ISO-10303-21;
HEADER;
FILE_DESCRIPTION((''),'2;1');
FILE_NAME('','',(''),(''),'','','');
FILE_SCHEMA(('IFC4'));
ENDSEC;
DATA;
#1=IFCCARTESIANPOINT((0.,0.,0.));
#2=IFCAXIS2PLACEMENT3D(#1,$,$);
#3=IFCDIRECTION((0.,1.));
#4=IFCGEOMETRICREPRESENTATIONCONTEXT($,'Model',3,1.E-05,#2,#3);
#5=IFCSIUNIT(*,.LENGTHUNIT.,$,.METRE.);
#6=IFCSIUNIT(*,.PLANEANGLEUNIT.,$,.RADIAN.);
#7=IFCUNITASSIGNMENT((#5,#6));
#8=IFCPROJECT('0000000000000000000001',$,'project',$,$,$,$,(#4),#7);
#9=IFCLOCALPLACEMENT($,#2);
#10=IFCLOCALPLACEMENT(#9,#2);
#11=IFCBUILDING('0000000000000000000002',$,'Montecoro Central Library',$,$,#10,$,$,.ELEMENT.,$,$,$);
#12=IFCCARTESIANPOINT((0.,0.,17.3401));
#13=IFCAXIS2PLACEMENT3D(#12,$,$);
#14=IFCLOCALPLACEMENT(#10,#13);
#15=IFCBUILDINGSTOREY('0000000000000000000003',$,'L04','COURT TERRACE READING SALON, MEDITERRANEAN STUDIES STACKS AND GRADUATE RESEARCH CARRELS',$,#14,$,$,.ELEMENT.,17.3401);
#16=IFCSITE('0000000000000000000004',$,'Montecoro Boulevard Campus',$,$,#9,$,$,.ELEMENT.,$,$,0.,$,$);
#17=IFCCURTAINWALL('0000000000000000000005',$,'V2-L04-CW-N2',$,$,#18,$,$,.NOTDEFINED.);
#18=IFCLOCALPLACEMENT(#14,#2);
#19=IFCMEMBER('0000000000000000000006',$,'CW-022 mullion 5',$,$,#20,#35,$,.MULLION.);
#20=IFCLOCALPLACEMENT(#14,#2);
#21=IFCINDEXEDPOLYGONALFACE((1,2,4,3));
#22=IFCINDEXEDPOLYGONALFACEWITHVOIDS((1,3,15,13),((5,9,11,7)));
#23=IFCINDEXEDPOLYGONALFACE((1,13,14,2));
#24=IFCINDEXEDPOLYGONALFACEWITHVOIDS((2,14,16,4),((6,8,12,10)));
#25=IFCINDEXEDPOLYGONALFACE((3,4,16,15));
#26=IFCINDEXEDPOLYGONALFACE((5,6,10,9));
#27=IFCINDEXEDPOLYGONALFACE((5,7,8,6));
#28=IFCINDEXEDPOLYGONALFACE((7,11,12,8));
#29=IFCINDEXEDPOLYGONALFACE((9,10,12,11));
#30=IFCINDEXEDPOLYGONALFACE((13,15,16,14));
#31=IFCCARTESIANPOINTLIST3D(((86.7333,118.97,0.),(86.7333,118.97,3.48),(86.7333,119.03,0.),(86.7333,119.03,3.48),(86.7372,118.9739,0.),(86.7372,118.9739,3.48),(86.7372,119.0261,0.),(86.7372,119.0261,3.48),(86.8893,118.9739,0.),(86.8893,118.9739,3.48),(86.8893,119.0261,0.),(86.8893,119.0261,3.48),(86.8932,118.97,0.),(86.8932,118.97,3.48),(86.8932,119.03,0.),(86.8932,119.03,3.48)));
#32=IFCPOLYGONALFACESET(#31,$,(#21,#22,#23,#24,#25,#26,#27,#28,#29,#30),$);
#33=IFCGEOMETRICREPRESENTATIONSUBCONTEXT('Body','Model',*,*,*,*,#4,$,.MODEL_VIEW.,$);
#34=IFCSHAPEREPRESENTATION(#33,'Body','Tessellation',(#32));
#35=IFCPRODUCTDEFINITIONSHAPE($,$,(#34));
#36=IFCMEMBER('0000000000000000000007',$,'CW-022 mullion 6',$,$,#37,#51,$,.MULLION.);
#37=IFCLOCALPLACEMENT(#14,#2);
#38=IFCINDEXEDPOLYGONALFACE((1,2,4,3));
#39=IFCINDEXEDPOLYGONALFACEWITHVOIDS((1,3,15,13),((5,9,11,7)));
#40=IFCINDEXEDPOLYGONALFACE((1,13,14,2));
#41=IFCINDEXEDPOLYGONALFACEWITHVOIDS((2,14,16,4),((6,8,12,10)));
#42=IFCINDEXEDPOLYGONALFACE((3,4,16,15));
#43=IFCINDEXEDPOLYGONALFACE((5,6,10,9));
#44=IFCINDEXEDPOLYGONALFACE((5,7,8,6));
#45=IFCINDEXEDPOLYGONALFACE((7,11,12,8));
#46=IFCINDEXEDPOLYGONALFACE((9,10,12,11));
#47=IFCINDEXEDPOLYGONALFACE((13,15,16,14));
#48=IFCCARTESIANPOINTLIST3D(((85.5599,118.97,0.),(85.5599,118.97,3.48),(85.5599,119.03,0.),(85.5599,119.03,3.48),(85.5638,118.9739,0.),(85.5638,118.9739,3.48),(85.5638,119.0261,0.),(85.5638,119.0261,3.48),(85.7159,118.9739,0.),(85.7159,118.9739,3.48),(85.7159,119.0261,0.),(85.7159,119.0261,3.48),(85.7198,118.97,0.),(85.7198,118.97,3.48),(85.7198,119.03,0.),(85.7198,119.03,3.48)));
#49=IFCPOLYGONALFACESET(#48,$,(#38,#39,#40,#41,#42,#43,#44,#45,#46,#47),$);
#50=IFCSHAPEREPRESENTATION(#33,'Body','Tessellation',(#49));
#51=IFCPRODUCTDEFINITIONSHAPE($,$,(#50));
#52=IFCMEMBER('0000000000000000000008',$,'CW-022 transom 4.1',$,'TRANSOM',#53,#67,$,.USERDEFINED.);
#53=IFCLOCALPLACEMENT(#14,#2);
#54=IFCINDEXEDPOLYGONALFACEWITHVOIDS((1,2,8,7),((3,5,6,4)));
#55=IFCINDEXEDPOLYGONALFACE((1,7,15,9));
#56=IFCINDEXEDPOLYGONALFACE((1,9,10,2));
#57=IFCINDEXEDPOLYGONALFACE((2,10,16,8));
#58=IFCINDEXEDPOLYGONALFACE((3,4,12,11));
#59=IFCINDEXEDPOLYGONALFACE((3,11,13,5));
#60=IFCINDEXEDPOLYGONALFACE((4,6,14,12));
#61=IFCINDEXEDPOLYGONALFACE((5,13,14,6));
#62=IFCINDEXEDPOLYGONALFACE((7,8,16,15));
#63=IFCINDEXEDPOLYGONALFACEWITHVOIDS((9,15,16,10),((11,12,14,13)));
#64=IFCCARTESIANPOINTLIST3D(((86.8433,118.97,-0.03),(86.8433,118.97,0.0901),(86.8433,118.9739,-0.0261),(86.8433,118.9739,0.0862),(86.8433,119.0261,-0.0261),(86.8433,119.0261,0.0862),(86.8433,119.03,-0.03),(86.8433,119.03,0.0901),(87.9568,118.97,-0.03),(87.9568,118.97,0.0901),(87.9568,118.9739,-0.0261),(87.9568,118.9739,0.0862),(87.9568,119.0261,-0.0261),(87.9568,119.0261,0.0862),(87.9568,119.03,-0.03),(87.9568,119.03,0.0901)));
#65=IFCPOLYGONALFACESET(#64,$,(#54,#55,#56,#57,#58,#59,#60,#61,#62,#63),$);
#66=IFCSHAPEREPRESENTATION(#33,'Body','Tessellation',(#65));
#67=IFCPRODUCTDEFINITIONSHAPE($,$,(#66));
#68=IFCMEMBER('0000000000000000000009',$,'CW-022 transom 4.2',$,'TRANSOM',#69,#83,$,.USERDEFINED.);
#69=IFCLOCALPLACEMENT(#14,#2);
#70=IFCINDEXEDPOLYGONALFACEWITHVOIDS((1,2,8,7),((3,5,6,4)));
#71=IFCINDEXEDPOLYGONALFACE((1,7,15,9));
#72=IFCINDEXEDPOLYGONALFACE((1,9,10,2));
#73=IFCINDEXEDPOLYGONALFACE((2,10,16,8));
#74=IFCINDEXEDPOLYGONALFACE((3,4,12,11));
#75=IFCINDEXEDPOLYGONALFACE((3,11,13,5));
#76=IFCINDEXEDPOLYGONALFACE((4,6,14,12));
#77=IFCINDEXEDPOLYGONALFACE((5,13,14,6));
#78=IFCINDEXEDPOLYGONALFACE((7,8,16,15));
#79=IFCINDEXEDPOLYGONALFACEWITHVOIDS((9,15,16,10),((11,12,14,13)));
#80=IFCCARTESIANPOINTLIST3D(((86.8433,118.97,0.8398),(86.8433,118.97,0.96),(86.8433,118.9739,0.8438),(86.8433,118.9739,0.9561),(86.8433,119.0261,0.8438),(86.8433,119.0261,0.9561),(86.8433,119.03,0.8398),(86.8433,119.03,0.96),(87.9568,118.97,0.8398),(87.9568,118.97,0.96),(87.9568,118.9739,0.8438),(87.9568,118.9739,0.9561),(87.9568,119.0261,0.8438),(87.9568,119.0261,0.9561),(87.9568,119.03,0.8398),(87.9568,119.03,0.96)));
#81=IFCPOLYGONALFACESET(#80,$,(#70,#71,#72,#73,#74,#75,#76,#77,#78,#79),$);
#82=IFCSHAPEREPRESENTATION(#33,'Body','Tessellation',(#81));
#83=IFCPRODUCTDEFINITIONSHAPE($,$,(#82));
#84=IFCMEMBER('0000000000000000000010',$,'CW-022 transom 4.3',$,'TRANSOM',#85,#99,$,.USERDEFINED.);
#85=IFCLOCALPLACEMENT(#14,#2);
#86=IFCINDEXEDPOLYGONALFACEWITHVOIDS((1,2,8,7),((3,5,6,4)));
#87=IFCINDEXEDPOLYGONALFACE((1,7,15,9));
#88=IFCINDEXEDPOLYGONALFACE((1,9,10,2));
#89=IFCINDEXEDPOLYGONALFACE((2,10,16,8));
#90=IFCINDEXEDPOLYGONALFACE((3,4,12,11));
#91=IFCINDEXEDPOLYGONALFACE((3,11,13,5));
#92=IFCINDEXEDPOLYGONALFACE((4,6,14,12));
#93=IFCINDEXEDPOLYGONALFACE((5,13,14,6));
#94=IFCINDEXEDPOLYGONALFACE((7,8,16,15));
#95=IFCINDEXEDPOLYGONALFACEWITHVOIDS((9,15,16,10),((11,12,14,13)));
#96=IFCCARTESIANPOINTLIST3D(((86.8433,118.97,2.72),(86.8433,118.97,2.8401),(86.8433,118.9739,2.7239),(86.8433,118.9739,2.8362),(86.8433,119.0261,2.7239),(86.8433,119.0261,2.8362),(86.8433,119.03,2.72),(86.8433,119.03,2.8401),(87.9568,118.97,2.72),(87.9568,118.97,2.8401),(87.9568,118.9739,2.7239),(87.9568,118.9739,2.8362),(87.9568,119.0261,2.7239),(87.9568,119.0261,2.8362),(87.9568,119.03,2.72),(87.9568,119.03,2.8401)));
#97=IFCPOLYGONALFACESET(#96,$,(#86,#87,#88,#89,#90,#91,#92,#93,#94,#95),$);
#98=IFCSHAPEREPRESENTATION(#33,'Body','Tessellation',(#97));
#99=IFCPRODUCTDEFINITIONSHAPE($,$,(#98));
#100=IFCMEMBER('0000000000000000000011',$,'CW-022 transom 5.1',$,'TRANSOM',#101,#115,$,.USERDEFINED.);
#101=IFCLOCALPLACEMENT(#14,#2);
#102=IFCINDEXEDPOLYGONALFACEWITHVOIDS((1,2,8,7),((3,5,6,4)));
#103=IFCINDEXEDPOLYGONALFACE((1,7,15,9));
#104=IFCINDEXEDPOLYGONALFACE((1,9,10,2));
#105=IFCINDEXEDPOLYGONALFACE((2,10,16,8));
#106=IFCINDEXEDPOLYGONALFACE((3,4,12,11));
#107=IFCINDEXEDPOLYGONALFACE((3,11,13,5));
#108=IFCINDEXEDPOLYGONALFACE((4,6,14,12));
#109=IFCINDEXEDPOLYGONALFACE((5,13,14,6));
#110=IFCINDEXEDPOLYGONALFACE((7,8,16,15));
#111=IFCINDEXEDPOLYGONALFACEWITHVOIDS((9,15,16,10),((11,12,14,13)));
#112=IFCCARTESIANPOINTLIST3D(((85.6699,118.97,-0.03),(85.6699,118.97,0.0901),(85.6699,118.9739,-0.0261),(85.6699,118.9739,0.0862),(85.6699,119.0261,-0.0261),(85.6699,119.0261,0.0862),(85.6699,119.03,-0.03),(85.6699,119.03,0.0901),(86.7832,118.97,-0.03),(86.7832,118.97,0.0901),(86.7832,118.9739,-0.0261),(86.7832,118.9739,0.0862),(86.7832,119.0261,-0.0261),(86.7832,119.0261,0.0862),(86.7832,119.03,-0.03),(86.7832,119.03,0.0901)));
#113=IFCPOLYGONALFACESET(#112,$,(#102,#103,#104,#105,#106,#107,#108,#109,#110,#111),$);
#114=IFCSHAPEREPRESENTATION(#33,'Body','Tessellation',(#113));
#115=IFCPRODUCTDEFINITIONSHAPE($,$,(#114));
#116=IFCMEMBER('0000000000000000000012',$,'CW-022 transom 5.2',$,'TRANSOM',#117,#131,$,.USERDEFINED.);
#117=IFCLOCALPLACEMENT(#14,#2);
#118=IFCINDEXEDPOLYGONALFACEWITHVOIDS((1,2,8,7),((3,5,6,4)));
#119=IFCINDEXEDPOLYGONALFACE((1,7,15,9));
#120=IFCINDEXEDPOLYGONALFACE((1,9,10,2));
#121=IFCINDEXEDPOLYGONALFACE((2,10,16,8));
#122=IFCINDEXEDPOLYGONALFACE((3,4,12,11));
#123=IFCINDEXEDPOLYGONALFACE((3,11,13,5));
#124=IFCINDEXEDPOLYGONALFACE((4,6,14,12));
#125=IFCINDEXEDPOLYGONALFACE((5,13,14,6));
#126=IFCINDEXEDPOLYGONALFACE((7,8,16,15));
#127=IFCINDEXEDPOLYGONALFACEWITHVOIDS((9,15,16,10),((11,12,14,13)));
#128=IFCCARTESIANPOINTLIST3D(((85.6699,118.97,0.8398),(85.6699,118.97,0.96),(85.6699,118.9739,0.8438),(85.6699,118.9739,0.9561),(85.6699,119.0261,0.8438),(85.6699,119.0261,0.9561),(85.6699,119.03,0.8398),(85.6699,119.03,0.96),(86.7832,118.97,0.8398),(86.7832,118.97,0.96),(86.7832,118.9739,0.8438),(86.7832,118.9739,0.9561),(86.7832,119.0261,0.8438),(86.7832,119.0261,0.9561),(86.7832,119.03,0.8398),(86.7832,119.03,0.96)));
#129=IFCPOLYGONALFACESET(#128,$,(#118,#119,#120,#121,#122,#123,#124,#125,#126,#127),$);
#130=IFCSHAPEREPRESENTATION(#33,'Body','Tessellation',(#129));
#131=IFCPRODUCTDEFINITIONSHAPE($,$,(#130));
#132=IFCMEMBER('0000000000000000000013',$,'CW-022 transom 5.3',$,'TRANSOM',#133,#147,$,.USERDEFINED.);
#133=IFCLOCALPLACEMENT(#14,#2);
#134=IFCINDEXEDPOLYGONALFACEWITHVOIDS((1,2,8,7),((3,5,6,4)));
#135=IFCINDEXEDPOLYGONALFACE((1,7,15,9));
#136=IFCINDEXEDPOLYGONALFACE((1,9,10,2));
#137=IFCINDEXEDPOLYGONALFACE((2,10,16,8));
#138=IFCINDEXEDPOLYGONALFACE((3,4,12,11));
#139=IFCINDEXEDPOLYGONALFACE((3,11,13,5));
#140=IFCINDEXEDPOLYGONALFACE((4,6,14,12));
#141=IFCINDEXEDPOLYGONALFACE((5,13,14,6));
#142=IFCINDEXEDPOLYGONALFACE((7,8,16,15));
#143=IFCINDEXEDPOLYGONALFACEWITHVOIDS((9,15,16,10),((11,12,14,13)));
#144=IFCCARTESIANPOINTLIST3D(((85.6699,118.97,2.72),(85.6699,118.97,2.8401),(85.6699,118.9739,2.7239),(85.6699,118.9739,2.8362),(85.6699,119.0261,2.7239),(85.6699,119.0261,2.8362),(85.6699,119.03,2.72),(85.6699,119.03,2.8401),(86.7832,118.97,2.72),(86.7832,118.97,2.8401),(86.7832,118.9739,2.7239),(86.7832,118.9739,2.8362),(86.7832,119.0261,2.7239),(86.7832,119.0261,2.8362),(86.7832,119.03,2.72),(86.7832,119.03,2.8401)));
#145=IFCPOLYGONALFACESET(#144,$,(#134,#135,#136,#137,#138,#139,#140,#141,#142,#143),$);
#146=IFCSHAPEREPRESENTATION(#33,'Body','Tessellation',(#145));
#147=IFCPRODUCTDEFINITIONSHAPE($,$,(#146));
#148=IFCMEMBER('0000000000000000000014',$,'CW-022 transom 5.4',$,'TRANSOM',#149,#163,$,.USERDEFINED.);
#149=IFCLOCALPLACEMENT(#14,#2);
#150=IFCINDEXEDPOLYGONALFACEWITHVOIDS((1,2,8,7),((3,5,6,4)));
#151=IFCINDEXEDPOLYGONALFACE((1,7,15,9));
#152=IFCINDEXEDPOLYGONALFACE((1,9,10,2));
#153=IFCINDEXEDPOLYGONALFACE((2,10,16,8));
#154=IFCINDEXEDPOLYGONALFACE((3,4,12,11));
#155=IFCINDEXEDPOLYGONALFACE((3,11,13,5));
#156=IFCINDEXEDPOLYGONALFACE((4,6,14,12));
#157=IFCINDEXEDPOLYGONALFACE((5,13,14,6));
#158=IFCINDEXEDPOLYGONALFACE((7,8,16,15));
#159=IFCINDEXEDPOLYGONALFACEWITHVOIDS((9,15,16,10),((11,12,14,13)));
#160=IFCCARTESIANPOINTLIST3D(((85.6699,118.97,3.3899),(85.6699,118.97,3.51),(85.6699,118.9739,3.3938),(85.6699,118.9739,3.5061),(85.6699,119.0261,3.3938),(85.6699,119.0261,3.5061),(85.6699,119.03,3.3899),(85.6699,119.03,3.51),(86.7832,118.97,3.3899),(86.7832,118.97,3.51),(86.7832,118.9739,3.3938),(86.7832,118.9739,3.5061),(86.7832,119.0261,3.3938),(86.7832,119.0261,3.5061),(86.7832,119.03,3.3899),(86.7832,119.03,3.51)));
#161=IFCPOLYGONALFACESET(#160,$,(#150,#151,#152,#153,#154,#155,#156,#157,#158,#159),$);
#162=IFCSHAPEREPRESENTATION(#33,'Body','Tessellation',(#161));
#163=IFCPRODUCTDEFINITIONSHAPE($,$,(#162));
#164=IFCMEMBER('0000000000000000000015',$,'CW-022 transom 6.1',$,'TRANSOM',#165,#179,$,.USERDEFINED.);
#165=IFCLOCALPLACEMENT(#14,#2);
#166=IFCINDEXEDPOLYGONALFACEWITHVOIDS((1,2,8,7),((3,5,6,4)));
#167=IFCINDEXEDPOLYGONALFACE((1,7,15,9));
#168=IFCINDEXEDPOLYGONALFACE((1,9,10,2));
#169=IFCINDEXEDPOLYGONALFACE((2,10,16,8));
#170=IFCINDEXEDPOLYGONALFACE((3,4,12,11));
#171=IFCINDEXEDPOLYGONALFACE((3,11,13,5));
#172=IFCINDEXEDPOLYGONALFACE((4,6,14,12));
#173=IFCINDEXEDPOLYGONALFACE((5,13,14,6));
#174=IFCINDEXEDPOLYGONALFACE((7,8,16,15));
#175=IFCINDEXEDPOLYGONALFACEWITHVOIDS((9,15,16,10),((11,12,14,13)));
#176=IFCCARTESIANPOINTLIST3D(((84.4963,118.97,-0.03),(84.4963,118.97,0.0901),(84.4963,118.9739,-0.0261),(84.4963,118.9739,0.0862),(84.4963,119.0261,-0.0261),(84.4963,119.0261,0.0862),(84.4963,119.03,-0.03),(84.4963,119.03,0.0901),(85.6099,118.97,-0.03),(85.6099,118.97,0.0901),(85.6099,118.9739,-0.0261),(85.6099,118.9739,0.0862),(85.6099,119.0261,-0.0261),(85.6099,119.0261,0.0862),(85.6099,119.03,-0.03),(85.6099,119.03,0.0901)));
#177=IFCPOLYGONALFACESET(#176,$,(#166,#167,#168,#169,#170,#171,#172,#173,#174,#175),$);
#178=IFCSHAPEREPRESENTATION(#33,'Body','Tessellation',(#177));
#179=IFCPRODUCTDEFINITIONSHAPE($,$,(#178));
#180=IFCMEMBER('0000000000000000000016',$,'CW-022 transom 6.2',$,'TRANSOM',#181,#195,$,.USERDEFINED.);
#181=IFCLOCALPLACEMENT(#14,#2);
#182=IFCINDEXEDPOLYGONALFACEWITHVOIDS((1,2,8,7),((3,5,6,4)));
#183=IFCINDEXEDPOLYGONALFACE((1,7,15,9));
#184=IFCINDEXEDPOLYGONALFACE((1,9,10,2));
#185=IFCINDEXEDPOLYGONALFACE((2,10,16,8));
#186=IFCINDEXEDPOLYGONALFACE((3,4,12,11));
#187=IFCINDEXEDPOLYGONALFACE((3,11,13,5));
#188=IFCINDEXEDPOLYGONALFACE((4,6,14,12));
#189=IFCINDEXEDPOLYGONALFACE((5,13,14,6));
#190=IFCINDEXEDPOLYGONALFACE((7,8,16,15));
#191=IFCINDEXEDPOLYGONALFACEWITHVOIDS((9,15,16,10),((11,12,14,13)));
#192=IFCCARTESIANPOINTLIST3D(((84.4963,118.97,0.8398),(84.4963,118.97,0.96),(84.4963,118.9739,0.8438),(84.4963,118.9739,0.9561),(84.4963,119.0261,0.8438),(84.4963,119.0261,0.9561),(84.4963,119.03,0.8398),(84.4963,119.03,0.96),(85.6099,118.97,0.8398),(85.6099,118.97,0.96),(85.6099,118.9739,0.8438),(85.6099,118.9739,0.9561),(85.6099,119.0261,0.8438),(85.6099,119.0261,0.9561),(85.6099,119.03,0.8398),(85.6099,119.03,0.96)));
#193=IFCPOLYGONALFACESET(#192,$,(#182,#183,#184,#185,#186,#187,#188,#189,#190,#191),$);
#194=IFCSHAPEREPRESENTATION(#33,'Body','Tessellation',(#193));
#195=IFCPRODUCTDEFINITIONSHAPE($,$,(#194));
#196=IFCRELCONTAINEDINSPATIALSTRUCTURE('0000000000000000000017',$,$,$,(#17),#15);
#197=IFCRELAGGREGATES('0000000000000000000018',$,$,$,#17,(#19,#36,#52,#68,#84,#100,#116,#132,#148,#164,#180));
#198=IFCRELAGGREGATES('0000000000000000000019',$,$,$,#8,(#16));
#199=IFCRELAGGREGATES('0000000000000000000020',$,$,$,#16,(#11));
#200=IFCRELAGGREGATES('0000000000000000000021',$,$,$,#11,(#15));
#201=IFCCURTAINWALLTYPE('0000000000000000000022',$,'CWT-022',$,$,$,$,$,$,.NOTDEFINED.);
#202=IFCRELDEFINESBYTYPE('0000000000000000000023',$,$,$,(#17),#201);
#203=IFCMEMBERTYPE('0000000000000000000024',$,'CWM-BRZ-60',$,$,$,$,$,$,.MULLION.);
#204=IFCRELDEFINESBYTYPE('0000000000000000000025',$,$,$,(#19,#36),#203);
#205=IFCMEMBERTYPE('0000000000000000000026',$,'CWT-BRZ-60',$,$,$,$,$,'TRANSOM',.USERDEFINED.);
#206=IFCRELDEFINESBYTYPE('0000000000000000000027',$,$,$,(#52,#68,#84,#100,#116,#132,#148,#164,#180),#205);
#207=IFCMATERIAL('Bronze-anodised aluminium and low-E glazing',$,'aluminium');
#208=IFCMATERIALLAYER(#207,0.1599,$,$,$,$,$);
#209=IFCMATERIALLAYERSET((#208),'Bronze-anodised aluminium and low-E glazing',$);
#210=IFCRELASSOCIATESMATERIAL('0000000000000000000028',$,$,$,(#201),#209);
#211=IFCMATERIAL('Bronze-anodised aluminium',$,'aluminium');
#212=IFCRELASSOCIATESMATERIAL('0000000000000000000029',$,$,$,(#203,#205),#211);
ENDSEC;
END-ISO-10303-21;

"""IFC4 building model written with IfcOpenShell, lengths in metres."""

from ifc_helpers import new_model, si_unit, direction, frame, origin, origin_2d, place, context, subcontext, project, spatial, hollow_rectangle, extrude, material, layer, layer_set, material_profile, profile_set, type_object, element, aggregate, save


model = new_model("IFC4")

# Units and contexts
model_context = context("Model", 3, precision=1e-05, world=origin(), true_north=direction((0.0, 1.0)))
body_context = subcontext(model_context, "Body", "Model", "MODEL_VIEW")
ifc_project = project(units=[si_unit("LENGTHUNIT", "METRE"), si_unit("PLANEANGLEUNIT", "RADIAN")], contexts=[model_context])

# Site, building, storey
site_placement = place(None, origin())
site = spatial("IfcSite", under=ifc_project, at=site_placement, Name="Montecoro Boulevard Campus", CompositionType="ELEMENT", RefElevation=0.0)
building_placement = place(site_placement, origin())
building = spatial("IfcBuilding", under=site, at=building_placement, Name="Montecoro Central Library", CompositionType="ELEMENT")
storey_placement = place(building_placement, frame((0.0, 0.0, 17.3401)))
storey = spatial("IfcBuildingStorey", under=building, at=storey_placement, Name="L04", Description="COURT TERRACE READING SALON, MEDITERRANEAN STUDIES STACKS AND GRADUATE RESEARCH CARRELS", CompositionType="ELEMENT", Elevation=17.3401)

# Curtain wall, members
ifc_material_1 = material(Name="Bronze-anodised aluminium and low-E glazing", Category="aluminium")
ifc_layer_1 = layer(ifc_material_1, 0.1599)
ifc_layer_set_1 = layer_set([ifc_layer_1], Name="Bronze-anodised aluminium and low-E glazing")
curtain_wall_type = type_object("IfcCurtainWallType", Name="CWT-022", PredefinedType="NOTDEFINED", material=ifc_layer_set_1)
curtain_wall_placement = place(storey_placement, origin())
curtain_wall = element("IfcCurtainWall", 1, at=curtain_wall_placement, inside=storey, type_object=curtain_wall_type, Name="V2-L04-CW-N2", PredefinedType="NOTDEFINED")
ifc_material_2 = material(Name="Bronze-anodised aluminium", Category="aluminium")
ifc_material_profile_1 = material_profile(ifc_material_2, hollow_rectangle(XDim=0.0601, YDim=0.1599, WallThickness=0.0039, at=origin_2d()), Name="CWM 160x60x4.0")
ifc_profile_set_1 = profile_set([ifc_material_profile_1], Name="Bronze-anodised aluminium")
member_type_1 = type_object("IfcMemberType", Name="CWM-BRZ-60", PredefinedType="MULLION", material=ifc_profile_set_1)
member_1_placement = place(storey_placement, frame((86.8132, 119.0, 0.0), z_axis=(0.0, 0.0, 1.0), x_axis=(0.0, -1.0, 0.0)))
member_1 = element("IfcMember", 2, at=member_1_placement, type_object=member_type_1, Name="CW-022 mullion 5", PredefinedType="MULLION", context=body_context, shape_type="SweptSolid", body=[
    extrude(hollow_rectangle(XDim=0.0601, YDim=0.1599, WallThickness=0.0039, at=origin_2d()), origin(), (0.0, 0.0, 1.0), 3.48),
])
member_2_placement = place(storey_placement, frame((85.6399, 119.0, 0.0), z_axis=(0.0, 0.0, 1.0), x_axis=(0.0, -1.0, 0.0)))
member_2 = element("IfcMember", 3, at=member_2_placement, type_object=member_type_1, Name="CW-022 mullion 6", PredefinedType="MULLION", context=body_context, shape_type="SweptSolid", body=[
    extrude(hollow_rectangle(XDim=0.0601, YDim=0.1599, WallThickness=0.0039, at=origin_2d()), origin(), (0.0, 0.0, 1.0), 3.48),
])
ifc_material_profile_2 = material_profile(ifc_material_2, hollow_rectangle(XDim=0.0601, YDim=0.1201, WallThickness=0.0039, at=origin_2d()), Name="CWT 120x60x4.0")
ifc_profile_set_2 = profile_set([ifc_material_profile_2], Name="Bronze-anodised aluminium")
member_type_2 = type_object("IfcMemberType", Name="CWT-BRZ-60", ElementType="TRANSOM", PredefinedType="USERDEFINED", material=ifc_profile_set_2)
member_3_placement = place(storey_placement, frame((87.9568, 119.0, 0.03), z_axis=(-1.0, 0.0, 0.0), x_axis=(0.0, -1.0, 0.0)))
member_3 = element("IfcMember", 4, at=member_3_placement, type_object=member_type_2, Name="CW-022 transom 4.1", ObjectType="TRANSOM", PredefinedType="USERDEFINED", context=body_context, shape_type="SweptSolid", body=[
    extrude(hollow_rectangle(XDim=0.0601, YDim=0.1201, WallThickness=0.0039, at=origin_2d()), origin(), (0.0, 0.0, 1.0), 1.1135),
])
member_4_placement = place(storey_placement, frame((87.9568, 119.0, 0.8999), z_axis=(-1.0, 0.0, 0.0), x_axis=(0.0, -1.0, 0.0)))
member_4 = element("IfcMember", 5, at=member_4_placement, type_object=member_type_2, Name="CW-022 transom 4.2", ObjectType="TRANSOM", PredefinedType="USERDEFINED", context=body_context, shape_type="SweptSolid", body=[
    extrude(hollow_rectangle(XDim=0.0601, YDim=0.1201, WallThickness=0.0039, at=origin_2d()), origin(), (0.0, 0.0, 1.0), 1.1135),
])
member_5_placement = place(storey_placement, frame((87.9568, 119.0, 2.78), z_axis=(-1.0, 0.0, 0.0), x_axis=(0.0, -1.0, 0.0)))
member_5 = element("IfcMember", 6, at=member_5_placement, type_object=member_type_2, Name="CW-022 transom 4.3", ObjectType="TRANSOM", PredefinedType="USERDEFINED", context=body_context, shape_type="SweptSolid", body=[
    extrude(hollow_rectangle(XDim=0.0601, YDim=0.1201, WallThickness=0.0039, at=origin_2d()), origin(), (0.0, 0.0, 1.0), 1.1135),
])
member_6_placement = place(storey_placement, frame((86.7832, 119.0, 0.03), z_axis=(-1.0, 0.0, 0.0), x_axis=(0.0, -1.0, 0.0)))
member_6 = element("IfcMember", 7, at=member_6_placement, type_object=member_type_2, Name="CW-022 transom 5.1", ObjectType="TRANSOM", PredefinedType="USERDEFINED", context=body_context, shape_type="SweptSolid", body=[
    extrude(hollow_rectangle(XDim=0.0601, YDim=0.1201, WallThickness=0.0039, at=origin_2d()), origin(), (0.0, 0.0, 1.0), 1.1133),
])
member_7_placement = place(storey_placement, frame((86.7832, 119.0, 0.8999), z_axis=(-1.0, 0.0, 0.0), x_axis=(0.0, -1.0, 0.0)))
member_7 = element("IfcMember", 8, at=member_7_placement, type_object=member_type_2, Name="CW-022 transom 5.2", ObjectType="TRANSOM", PredefinedType="USERDEFINED", context=body_context, shape_type="SweptSolid", body=[
    extrude(hollow_rectangle(XDim=0.0601, YDim=0.1201, WallThickness=0.0039, at=origin_2d()), origin(), (0.0, 0.0, 1.0), 1.1133),
])
member_8_placement = place(storey_placement, frame((86.7832, 119.0, 2.78), z_axis=(-1.0, 0.0, 0.0), x_axis=(0.0, -1.0, 0.0)))
member_8 = element("IfcMember", 9, at=member_8_placement, type_object=member_type_2, Name="CW-022 transom 5.3", ObjectType="TRANSOM", PredefinedType="USERDEFINED", context=body_context, shape_type="SweptSolid", body=[
    extrude(hollow_rectangle(XDim=0.0601, YDim=0.1201, WallThickness=0.0039, at=origin_2d()), origin(), (0.0, 0.0, 1.0), 1.1133),
])
member_9_placement = place(storey_placement, frame((86.7832, 119.0, 3.45), z_axis=(-1.0, 0.0, 0.0), x_axis=(0.0, -1.0, 0.0)))
member_9 = element("IfcMember", 10, at=member_9_placement, type_object=member_type_2, Name="CW-022 transom 5.4", ObjectType="TRANSOM", PredefinedType="USERDEFINED", context=body_context, shape_type="SweptSolid", body=[
    extrude(hollow_rectangle(XDim=0.0601, YDim=0.1201, WallThickness=0.0039, at=origin_2d()), origin(), (0.0, 0.0, 1.0), 1.1133),
])
member_10_placement = place(storey_placement, frame((85.6099, 119.0, 0.03), z_axis=(-1.0, 0.0, 0.0), x_axis=(0.0, -1.0, 0.0)))
member_10 = element("IfcMember", 11, at=member_10_placement, type_object=member_type_2, Name="CW-022 transom 6.1", ObjectType="TRANSOM", PredefinedType="USERDEFINED", context=body_context, shape_type="SweptSolid", body=[
    extrude(hollow_rectangle(XDim=0.0601, YDim=0.1201, WallThickness=0.0039, at=origin_2d()), origin(), (0.0, 0.0, 1.0), 1.1135),
])
member_11_placement = place(storey_placement, frame((85.6099, 119.0, 0.8999), z_axis=(-1.0, 0.0, 0.0), x_axis=(0.0, -1.0, 0.0)))
member_11 = element("IfcMember", 12, at=member_11_placement, type_object=member_type_2, Name="CW-022 transom 6.2", ObjectType="TRANSOM", PredefinedType="USERDEFINED", context=body_context, shape_type="SweptSolid", body=[
    extrude(hollow_rectangle(XDim=0.0601, YDim=0.1201, WallThickness=0.0039, at=origin_2d()), origin(), (0.0, 0.0, 1.0), 1.1135),
])
aggregate(curtain_wall, [member_1, member_2, member_3, member_4, member_5, member_6, member_7, member_8, member_9, member_10, member_11])

save(model, "model.ifc")
